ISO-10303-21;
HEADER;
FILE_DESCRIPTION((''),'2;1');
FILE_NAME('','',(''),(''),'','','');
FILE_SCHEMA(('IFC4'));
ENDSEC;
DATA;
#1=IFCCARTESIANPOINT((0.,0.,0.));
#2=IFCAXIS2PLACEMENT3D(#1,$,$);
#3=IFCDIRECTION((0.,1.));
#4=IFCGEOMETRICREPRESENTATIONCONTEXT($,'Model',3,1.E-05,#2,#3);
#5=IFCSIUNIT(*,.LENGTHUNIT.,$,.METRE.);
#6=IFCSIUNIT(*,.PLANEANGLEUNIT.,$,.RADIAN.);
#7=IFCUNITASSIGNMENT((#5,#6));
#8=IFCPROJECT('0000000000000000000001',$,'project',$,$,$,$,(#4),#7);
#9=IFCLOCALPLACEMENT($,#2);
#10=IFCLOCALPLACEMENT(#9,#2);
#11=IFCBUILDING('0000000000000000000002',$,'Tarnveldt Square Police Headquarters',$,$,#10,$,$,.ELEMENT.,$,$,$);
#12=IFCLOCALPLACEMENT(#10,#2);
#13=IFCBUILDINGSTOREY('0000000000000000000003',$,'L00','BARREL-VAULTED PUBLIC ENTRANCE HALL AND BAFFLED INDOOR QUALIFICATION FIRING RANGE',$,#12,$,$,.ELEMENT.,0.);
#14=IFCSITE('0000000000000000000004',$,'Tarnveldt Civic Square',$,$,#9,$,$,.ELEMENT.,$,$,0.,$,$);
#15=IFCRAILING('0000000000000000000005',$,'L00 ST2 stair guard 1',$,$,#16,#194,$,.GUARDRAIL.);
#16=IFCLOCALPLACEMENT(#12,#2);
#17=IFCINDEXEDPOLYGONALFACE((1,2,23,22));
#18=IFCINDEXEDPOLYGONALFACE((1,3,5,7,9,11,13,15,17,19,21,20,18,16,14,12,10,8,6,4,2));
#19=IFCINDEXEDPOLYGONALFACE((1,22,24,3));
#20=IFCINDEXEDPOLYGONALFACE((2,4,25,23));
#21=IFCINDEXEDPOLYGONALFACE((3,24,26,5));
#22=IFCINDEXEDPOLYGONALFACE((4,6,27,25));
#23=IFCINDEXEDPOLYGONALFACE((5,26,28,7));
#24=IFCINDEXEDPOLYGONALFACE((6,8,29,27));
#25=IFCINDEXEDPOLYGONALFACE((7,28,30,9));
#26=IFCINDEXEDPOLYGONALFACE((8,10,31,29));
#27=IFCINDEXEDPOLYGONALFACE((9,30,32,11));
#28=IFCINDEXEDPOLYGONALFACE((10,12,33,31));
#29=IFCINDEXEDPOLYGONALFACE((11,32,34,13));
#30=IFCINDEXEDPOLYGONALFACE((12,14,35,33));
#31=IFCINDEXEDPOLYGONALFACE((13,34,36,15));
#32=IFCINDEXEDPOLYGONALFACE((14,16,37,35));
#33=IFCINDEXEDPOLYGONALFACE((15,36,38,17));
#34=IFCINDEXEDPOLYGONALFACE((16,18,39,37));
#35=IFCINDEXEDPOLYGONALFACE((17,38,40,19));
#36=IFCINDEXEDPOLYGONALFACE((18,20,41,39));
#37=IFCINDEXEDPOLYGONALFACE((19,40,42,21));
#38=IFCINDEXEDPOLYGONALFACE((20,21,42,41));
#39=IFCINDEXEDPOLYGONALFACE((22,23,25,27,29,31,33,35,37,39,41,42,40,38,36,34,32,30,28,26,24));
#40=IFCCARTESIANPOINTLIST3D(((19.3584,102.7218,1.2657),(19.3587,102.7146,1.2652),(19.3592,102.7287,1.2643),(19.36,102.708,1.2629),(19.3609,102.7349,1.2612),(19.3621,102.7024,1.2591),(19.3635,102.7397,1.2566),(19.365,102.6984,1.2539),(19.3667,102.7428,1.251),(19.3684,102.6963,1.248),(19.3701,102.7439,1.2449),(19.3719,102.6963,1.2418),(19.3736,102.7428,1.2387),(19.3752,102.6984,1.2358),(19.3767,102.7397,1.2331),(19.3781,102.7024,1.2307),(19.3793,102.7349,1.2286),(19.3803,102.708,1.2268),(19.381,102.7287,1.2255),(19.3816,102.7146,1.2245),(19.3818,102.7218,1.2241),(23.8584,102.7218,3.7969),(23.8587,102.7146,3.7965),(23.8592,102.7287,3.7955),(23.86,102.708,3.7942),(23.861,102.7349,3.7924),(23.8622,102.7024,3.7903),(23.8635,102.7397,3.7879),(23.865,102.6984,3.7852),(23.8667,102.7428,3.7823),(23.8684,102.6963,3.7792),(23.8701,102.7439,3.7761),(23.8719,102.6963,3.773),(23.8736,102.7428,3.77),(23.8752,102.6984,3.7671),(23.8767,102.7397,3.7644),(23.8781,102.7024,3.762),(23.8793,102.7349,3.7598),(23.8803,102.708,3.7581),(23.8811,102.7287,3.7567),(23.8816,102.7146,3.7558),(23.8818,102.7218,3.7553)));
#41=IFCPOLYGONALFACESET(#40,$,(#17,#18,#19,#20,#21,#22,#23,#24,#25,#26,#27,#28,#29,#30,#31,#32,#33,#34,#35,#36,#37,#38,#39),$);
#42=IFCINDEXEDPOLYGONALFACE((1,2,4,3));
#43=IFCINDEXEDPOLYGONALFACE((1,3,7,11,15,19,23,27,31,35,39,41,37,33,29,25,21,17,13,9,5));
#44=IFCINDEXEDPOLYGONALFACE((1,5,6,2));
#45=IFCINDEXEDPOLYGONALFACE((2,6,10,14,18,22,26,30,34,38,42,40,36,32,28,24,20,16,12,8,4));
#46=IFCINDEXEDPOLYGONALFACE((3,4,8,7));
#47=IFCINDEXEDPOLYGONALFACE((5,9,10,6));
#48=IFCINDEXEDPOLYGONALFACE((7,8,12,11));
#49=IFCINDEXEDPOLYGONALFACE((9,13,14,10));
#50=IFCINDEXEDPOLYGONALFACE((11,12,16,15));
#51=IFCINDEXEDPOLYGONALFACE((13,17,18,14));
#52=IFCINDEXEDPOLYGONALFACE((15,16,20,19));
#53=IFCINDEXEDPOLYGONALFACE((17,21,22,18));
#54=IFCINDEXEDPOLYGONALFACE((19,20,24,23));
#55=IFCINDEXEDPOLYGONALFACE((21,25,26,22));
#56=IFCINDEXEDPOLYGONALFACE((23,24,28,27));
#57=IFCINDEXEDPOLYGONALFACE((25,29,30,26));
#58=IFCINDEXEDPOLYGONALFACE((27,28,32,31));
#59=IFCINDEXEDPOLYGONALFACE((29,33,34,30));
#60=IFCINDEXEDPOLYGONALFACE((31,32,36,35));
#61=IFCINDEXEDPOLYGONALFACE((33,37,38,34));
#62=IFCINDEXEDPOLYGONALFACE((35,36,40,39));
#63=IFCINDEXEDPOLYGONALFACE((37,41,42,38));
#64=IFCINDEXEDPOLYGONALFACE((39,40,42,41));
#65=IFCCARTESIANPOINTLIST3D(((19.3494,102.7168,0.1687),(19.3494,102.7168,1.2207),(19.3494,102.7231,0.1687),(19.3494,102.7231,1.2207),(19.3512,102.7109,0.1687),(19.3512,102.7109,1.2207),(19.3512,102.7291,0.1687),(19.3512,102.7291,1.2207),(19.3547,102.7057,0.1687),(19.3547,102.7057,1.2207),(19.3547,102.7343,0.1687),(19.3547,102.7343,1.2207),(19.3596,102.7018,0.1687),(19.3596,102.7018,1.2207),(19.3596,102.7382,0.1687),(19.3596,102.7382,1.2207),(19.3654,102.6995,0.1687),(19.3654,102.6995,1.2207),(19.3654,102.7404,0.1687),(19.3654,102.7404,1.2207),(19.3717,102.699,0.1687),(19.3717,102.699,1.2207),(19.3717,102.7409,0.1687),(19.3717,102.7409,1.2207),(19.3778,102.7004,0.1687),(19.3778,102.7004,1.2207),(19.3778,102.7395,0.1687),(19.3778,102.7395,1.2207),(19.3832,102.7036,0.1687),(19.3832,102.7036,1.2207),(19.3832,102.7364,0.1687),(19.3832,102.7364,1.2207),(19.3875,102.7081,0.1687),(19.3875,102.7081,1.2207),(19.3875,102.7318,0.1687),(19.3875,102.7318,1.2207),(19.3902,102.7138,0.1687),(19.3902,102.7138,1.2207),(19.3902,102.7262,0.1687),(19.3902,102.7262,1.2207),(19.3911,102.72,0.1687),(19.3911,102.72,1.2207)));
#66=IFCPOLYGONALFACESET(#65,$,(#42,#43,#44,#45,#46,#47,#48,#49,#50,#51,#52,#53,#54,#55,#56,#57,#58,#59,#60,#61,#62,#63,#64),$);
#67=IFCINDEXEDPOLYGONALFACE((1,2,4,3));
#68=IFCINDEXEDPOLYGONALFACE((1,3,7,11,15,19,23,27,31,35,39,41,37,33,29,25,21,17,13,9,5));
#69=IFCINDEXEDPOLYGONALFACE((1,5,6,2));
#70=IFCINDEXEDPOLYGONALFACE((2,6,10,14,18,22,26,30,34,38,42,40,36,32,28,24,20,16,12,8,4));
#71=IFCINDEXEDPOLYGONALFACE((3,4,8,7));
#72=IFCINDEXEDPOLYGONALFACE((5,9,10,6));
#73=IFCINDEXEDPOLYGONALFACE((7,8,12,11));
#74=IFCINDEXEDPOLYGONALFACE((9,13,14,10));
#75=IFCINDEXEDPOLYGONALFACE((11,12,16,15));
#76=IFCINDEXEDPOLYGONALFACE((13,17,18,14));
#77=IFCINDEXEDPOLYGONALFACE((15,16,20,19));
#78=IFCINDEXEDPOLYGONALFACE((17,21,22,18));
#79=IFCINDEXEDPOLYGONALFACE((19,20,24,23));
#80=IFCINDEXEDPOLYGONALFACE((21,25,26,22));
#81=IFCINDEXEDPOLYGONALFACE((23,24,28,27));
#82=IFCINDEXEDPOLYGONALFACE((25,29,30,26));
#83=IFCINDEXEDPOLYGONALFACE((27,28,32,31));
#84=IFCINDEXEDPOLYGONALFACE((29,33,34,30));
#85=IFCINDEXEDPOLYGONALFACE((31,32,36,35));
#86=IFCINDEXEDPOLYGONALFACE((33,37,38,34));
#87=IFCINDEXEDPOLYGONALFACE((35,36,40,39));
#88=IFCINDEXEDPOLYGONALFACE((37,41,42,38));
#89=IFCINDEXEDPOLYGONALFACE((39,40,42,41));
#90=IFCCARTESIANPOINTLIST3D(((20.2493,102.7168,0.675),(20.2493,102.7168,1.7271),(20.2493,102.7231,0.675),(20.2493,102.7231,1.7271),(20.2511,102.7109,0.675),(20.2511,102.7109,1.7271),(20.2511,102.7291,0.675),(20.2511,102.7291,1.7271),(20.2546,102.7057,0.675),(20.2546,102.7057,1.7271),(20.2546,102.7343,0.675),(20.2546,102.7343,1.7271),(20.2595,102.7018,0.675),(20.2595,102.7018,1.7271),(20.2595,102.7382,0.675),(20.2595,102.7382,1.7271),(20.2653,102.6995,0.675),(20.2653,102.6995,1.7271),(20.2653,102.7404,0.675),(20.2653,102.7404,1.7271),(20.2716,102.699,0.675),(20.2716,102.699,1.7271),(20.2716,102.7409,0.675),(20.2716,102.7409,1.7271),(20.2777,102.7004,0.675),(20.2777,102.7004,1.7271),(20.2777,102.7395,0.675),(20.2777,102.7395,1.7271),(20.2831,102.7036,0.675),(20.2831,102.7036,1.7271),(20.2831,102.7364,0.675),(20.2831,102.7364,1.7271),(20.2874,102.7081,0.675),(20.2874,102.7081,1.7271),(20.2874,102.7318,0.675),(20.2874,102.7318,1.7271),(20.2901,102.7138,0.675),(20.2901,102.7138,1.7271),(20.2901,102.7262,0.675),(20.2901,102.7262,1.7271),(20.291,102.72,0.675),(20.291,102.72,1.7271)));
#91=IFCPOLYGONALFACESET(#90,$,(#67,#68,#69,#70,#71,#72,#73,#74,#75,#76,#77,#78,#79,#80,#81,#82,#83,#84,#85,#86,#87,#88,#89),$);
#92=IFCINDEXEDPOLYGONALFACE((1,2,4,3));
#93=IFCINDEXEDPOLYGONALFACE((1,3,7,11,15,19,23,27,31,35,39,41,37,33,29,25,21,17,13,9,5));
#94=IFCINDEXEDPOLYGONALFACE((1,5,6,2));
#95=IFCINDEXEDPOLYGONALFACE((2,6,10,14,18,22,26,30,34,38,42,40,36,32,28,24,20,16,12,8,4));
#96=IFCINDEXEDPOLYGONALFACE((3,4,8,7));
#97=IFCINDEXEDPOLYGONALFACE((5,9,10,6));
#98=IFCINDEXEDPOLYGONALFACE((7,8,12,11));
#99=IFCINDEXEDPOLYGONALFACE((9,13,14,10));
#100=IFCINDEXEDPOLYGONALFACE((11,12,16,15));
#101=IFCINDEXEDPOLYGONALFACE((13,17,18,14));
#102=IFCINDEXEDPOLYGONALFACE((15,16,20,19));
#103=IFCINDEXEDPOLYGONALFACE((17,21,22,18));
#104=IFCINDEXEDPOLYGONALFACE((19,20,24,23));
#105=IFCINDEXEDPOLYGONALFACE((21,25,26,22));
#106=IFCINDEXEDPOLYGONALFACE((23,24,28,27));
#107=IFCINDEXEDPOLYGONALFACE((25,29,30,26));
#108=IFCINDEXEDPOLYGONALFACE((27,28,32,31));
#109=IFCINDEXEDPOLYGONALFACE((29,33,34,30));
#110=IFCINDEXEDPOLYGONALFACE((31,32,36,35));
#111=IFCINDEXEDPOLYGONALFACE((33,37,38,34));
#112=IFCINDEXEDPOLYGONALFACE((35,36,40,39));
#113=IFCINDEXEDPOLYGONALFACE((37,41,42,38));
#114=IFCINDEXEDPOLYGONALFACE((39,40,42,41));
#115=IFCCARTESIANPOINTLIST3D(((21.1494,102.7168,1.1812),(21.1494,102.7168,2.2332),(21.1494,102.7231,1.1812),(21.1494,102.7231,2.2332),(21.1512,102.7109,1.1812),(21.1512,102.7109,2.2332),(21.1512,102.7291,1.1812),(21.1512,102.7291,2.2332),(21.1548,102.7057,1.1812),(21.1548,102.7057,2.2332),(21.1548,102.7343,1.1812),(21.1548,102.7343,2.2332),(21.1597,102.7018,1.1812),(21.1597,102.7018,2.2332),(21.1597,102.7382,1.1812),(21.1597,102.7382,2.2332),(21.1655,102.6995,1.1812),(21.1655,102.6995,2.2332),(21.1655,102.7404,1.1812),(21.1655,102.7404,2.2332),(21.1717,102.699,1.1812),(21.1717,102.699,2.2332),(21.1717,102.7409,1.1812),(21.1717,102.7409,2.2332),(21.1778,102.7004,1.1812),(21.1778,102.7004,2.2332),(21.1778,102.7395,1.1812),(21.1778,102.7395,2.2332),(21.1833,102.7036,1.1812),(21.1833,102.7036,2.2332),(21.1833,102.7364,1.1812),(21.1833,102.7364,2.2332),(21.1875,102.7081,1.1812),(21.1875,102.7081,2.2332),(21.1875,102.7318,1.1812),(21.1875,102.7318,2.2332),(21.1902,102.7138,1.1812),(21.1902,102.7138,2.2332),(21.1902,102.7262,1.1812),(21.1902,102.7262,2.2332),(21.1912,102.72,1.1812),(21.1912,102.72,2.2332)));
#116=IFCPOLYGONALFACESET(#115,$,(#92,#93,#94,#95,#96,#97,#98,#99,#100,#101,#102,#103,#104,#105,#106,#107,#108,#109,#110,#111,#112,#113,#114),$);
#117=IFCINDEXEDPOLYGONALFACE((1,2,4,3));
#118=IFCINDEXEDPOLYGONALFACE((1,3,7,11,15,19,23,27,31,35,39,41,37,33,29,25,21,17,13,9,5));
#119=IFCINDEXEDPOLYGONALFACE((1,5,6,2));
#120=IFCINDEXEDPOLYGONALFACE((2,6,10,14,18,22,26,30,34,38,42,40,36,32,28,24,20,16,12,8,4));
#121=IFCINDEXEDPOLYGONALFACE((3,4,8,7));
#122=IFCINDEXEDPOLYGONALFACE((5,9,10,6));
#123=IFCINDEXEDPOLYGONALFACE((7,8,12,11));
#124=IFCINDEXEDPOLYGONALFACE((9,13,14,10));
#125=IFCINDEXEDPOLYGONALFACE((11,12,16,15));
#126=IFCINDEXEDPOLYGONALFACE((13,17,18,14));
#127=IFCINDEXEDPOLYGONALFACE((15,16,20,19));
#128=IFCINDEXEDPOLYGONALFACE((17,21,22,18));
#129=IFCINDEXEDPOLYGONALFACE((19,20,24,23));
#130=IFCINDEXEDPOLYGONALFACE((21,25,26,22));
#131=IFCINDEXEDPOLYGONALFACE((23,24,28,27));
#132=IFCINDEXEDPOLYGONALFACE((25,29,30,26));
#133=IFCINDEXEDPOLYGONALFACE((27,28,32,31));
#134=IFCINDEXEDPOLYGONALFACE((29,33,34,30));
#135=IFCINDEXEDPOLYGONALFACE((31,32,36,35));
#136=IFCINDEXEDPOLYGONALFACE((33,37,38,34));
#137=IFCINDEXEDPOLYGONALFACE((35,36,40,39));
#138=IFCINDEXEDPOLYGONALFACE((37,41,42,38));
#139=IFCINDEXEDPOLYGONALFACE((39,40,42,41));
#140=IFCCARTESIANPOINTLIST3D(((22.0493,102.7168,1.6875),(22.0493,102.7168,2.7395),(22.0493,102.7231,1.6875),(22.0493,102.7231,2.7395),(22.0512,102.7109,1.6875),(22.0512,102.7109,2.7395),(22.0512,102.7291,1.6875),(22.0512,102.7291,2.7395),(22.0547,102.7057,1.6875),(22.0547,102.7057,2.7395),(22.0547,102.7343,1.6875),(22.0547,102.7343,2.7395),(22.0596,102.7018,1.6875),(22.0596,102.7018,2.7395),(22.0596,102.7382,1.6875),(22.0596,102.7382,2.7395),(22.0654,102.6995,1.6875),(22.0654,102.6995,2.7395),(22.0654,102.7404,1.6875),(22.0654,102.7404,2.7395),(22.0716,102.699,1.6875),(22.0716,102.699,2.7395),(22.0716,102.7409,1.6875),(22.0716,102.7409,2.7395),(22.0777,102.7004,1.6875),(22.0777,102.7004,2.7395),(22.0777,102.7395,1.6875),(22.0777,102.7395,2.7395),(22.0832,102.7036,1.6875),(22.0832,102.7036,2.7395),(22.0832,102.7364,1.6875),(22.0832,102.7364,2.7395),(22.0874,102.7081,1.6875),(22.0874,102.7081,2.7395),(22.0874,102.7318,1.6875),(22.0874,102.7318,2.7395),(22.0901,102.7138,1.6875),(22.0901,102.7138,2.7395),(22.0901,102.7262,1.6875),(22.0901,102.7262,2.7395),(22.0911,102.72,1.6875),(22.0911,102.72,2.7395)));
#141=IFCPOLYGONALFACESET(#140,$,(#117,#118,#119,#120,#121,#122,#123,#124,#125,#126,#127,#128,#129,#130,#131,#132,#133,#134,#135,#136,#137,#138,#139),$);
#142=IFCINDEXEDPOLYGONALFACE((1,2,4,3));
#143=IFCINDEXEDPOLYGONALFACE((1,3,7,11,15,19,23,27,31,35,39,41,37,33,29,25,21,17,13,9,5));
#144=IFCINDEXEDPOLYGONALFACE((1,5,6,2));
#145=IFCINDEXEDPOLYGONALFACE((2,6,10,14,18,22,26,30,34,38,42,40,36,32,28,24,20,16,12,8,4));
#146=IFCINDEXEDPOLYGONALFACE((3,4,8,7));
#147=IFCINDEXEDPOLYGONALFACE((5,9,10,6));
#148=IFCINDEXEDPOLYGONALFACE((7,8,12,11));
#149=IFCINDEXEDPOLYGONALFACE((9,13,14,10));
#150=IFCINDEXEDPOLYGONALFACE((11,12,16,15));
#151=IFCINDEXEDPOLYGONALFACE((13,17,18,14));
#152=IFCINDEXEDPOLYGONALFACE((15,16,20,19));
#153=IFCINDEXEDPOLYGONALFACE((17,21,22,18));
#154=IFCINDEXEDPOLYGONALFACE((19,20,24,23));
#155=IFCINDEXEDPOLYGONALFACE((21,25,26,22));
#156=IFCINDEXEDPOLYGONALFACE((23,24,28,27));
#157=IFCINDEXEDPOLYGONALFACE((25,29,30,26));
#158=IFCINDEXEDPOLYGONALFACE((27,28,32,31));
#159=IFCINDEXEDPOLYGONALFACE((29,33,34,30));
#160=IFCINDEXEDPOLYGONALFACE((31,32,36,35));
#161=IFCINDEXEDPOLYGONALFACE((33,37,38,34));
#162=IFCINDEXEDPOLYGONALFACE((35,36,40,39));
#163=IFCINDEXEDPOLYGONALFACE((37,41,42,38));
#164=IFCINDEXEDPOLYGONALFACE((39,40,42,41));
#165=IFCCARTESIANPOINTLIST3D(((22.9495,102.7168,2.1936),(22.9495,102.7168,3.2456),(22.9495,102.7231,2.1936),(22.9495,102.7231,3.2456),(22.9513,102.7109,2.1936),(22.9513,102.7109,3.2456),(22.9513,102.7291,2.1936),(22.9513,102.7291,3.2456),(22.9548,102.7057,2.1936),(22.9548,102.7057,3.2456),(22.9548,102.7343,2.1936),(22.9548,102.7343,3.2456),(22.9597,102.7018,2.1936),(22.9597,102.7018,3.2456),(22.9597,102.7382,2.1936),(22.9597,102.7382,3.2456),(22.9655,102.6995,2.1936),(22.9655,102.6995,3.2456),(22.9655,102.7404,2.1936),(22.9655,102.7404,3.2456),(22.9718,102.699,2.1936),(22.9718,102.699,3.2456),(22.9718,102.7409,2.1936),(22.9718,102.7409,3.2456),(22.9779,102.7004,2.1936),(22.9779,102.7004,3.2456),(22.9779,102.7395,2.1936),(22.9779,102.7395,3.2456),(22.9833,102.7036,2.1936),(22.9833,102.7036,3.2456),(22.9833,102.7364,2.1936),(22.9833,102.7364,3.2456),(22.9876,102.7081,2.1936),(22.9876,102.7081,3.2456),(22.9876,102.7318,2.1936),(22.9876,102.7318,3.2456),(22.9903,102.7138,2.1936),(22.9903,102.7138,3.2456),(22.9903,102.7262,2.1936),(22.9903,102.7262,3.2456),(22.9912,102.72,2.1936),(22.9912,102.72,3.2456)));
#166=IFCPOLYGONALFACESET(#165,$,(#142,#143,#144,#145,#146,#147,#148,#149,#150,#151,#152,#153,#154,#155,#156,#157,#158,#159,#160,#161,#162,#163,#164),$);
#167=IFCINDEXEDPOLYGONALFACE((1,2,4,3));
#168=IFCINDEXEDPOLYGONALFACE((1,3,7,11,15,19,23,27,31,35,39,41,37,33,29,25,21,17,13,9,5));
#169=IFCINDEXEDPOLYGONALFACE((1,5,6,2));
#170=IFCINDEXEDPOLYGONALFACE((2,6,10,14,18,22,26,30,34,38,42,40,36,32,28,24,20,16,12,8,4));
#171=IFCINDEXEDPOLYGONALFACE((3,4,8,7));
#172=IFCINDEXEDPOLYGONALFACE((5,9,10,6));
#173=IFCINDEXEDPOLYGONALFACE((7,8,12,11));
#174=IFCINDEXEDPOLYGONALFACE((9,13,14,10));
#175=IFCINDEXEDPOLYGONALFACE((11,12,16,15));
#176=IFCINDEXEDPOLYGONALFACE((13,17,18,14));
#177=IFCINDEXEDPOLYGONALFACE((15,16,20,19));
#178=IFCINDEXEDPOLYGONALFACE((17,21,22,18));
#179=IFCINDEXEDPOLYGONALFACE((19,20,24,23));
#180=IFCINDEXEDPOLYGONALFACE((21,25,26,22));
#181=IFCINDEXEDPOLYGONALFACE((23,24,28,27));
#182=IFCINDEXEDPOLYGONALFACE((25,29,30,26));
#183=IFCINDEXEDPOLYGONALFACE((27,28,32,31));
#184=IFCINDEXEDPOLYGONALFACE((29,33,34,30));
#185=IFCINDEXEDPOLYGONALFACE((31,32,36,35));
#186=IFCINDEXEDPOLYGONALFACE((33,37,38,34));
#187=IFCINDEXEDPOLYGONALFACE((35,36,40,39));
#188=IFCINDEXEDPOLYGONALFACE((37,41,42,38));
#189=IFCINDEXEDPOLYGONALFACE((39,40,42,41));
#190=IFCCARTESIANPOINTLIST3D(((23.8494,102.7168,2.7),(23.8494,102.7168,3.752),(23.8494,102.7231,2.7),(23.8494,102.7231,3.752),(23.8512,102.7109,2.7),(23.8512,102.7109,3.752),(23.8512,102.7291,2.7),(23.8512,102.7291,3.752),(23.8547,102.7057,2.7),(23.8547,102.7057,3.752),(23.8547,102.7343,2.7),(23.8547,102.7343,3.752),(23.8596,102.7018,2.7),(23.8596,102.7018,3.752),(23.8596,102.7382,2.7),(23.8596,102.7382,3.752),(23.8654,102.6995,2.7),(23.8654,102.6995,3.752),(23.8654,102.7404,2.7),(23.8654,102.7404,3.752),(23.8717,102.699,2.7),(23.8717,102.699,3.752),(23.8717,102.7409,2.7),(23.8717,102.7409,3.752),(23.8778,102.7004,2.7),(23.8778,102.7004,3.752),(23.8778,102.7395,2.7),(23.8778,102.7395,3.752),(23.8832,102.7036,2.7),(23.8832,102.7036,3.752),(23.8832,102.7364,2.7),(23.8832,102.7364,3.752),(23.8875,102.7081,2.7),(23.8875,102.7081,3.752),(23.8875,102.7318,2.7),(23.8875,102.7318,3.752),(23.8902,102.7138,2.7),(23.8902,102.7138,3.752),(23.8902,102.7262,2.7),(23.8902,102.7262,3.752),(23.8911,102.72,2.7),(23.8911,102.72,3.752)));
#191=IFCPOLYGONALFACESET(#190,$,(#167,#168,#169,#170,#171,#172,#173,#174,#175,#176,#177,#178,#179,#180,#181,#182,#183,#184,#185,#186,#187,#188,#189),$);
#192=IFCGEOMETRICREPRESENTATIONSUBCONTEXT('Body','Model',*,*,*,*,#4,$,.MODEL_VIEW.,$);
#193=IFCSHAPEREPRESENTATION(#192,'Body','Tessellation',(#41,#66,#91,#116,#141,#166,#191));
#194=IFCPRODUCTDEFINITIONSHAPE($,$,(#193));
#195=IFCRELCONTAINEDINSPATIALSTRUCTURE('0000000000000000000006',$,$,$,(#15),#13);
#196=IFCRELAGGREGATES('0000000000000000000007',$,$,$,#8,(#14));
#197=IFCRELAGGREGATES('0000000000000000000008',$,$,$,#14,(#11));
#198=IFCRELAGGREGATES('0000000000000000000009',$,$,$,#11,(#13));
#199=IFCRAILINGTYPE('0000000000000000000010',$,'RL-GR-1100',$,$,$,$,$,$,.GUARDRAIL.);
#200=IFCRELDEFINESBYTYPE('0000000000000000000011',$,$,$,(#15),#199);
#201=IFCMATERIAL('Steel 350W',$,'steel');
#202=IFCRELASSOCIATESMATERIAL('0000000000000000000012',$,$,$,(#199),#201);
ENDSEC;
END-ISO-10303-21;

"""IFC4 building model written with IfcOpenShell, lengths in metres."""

from ifc_helpers import new_model, si_unit, direction, frame, origin, origin_2d, place, context, subcontext, project, spatial, circle, extrude, material, type_object, element, save


model = new_model("IFC4")

# Units and contexts
model_context = context("Model", 3, precision=1e-05, world=origin(), true_north=direction((0.0, 1.0)))
body_context = subcontext(model_context, "Body", "Model", "MODEL_VIEW")
ifc_project = project(units=[si_unit("LENGTHUNIT", "METRE"), si_unit("PLANEANGLEUNIT", "RADIAN")], contexts=[model_context])

# Site, building, storey
site_placement = place(None, origin())
site = spatial("IfcSite", under=ifc_project, at=site_placement, Name="Tarnveldt Civic Square", CompositionType="ELEMENT", RefElevation=0.0)
building_placement = place(site_placement, origin())
building = spatial("IfcBuilding", under=site, at=building_placement, Name="Tarnveldt Square Police Headquarters", CompositionType="ELEMENT")
storey_placement = place(building_placement, origin())
storey = spatial("IfcBuildingStorey", under=building, at=storey_placement, Name="L00", Description="BARREL-VAULTED PUBLIC ENTRANCE HALL AND BAFFLED INDOOR QUALIFICATION FIRING RANGE", CompositionType="ELEMENT", Elevation=0.0)

# Shared definitions
ifc_material_1 = material(Name="Steel 350W", Category="steel")

# Railing
railing_type_1 = type_object("IfcRailingType", Name="RL-GR-1100", PredefinedType="GUARDRAIL", material=ifc_material_1)
railing_1_placement = place(storey_placement, frame((19.3701, 102.72, 0.1687)))
element("IfcRailing", 1, at=railing_1_placement, inside=storey, type_object=railing_type_1, Name="L00 ST2 stair guard 1", PredefinedType="GUARDRAIL", context=body_context, shape_type="SweptSolid", body=[
    extrude(circle(Radius=0.0239, at=origin_2d()), frame((0.0, 0.0, 1.0762), z_axis=(0.871576, 0.0, 0.490261), x_axis=(0.0, 1.0, 0.0)), (0.0, 0.0, 1.0), 5.1631),
    extrude(circle(Radius=0.021, at=origin_2d()), origin(), (0.0, 0.0, 1.0), 1.052),
    extrude(circle(Radius=0.021, at=origin_2d()), frame((0.8999, 0.0, 0.5063)), (0.0, 0.0, 1.0), 1.052),
    extrude(circle(Radius=0.021, at=origin_2d()), frame((1.8, 0.0, 1.0125)), (0.0, 0.0, 1.0), 1.052),
    extrude(circle(Radius=0.021, at=origin_2d()), frame((2.7, 0.0, 1.5188)), (0.0, 0.0, 1.0), 1.052),
    extrude(circle(Radius=0.021, at=origin_2d()), frame((3.6001, 0.0, 2.0249)), (0.0, 0.0, 1.0), 1.052),
    extrude(circle(Radius=0.021, at=origin_2d()), frame((4.5, 0.0, 2.5312)), (0.0, 0.0, 1.0), 1.052),
])

save(model, "model.ifc")
